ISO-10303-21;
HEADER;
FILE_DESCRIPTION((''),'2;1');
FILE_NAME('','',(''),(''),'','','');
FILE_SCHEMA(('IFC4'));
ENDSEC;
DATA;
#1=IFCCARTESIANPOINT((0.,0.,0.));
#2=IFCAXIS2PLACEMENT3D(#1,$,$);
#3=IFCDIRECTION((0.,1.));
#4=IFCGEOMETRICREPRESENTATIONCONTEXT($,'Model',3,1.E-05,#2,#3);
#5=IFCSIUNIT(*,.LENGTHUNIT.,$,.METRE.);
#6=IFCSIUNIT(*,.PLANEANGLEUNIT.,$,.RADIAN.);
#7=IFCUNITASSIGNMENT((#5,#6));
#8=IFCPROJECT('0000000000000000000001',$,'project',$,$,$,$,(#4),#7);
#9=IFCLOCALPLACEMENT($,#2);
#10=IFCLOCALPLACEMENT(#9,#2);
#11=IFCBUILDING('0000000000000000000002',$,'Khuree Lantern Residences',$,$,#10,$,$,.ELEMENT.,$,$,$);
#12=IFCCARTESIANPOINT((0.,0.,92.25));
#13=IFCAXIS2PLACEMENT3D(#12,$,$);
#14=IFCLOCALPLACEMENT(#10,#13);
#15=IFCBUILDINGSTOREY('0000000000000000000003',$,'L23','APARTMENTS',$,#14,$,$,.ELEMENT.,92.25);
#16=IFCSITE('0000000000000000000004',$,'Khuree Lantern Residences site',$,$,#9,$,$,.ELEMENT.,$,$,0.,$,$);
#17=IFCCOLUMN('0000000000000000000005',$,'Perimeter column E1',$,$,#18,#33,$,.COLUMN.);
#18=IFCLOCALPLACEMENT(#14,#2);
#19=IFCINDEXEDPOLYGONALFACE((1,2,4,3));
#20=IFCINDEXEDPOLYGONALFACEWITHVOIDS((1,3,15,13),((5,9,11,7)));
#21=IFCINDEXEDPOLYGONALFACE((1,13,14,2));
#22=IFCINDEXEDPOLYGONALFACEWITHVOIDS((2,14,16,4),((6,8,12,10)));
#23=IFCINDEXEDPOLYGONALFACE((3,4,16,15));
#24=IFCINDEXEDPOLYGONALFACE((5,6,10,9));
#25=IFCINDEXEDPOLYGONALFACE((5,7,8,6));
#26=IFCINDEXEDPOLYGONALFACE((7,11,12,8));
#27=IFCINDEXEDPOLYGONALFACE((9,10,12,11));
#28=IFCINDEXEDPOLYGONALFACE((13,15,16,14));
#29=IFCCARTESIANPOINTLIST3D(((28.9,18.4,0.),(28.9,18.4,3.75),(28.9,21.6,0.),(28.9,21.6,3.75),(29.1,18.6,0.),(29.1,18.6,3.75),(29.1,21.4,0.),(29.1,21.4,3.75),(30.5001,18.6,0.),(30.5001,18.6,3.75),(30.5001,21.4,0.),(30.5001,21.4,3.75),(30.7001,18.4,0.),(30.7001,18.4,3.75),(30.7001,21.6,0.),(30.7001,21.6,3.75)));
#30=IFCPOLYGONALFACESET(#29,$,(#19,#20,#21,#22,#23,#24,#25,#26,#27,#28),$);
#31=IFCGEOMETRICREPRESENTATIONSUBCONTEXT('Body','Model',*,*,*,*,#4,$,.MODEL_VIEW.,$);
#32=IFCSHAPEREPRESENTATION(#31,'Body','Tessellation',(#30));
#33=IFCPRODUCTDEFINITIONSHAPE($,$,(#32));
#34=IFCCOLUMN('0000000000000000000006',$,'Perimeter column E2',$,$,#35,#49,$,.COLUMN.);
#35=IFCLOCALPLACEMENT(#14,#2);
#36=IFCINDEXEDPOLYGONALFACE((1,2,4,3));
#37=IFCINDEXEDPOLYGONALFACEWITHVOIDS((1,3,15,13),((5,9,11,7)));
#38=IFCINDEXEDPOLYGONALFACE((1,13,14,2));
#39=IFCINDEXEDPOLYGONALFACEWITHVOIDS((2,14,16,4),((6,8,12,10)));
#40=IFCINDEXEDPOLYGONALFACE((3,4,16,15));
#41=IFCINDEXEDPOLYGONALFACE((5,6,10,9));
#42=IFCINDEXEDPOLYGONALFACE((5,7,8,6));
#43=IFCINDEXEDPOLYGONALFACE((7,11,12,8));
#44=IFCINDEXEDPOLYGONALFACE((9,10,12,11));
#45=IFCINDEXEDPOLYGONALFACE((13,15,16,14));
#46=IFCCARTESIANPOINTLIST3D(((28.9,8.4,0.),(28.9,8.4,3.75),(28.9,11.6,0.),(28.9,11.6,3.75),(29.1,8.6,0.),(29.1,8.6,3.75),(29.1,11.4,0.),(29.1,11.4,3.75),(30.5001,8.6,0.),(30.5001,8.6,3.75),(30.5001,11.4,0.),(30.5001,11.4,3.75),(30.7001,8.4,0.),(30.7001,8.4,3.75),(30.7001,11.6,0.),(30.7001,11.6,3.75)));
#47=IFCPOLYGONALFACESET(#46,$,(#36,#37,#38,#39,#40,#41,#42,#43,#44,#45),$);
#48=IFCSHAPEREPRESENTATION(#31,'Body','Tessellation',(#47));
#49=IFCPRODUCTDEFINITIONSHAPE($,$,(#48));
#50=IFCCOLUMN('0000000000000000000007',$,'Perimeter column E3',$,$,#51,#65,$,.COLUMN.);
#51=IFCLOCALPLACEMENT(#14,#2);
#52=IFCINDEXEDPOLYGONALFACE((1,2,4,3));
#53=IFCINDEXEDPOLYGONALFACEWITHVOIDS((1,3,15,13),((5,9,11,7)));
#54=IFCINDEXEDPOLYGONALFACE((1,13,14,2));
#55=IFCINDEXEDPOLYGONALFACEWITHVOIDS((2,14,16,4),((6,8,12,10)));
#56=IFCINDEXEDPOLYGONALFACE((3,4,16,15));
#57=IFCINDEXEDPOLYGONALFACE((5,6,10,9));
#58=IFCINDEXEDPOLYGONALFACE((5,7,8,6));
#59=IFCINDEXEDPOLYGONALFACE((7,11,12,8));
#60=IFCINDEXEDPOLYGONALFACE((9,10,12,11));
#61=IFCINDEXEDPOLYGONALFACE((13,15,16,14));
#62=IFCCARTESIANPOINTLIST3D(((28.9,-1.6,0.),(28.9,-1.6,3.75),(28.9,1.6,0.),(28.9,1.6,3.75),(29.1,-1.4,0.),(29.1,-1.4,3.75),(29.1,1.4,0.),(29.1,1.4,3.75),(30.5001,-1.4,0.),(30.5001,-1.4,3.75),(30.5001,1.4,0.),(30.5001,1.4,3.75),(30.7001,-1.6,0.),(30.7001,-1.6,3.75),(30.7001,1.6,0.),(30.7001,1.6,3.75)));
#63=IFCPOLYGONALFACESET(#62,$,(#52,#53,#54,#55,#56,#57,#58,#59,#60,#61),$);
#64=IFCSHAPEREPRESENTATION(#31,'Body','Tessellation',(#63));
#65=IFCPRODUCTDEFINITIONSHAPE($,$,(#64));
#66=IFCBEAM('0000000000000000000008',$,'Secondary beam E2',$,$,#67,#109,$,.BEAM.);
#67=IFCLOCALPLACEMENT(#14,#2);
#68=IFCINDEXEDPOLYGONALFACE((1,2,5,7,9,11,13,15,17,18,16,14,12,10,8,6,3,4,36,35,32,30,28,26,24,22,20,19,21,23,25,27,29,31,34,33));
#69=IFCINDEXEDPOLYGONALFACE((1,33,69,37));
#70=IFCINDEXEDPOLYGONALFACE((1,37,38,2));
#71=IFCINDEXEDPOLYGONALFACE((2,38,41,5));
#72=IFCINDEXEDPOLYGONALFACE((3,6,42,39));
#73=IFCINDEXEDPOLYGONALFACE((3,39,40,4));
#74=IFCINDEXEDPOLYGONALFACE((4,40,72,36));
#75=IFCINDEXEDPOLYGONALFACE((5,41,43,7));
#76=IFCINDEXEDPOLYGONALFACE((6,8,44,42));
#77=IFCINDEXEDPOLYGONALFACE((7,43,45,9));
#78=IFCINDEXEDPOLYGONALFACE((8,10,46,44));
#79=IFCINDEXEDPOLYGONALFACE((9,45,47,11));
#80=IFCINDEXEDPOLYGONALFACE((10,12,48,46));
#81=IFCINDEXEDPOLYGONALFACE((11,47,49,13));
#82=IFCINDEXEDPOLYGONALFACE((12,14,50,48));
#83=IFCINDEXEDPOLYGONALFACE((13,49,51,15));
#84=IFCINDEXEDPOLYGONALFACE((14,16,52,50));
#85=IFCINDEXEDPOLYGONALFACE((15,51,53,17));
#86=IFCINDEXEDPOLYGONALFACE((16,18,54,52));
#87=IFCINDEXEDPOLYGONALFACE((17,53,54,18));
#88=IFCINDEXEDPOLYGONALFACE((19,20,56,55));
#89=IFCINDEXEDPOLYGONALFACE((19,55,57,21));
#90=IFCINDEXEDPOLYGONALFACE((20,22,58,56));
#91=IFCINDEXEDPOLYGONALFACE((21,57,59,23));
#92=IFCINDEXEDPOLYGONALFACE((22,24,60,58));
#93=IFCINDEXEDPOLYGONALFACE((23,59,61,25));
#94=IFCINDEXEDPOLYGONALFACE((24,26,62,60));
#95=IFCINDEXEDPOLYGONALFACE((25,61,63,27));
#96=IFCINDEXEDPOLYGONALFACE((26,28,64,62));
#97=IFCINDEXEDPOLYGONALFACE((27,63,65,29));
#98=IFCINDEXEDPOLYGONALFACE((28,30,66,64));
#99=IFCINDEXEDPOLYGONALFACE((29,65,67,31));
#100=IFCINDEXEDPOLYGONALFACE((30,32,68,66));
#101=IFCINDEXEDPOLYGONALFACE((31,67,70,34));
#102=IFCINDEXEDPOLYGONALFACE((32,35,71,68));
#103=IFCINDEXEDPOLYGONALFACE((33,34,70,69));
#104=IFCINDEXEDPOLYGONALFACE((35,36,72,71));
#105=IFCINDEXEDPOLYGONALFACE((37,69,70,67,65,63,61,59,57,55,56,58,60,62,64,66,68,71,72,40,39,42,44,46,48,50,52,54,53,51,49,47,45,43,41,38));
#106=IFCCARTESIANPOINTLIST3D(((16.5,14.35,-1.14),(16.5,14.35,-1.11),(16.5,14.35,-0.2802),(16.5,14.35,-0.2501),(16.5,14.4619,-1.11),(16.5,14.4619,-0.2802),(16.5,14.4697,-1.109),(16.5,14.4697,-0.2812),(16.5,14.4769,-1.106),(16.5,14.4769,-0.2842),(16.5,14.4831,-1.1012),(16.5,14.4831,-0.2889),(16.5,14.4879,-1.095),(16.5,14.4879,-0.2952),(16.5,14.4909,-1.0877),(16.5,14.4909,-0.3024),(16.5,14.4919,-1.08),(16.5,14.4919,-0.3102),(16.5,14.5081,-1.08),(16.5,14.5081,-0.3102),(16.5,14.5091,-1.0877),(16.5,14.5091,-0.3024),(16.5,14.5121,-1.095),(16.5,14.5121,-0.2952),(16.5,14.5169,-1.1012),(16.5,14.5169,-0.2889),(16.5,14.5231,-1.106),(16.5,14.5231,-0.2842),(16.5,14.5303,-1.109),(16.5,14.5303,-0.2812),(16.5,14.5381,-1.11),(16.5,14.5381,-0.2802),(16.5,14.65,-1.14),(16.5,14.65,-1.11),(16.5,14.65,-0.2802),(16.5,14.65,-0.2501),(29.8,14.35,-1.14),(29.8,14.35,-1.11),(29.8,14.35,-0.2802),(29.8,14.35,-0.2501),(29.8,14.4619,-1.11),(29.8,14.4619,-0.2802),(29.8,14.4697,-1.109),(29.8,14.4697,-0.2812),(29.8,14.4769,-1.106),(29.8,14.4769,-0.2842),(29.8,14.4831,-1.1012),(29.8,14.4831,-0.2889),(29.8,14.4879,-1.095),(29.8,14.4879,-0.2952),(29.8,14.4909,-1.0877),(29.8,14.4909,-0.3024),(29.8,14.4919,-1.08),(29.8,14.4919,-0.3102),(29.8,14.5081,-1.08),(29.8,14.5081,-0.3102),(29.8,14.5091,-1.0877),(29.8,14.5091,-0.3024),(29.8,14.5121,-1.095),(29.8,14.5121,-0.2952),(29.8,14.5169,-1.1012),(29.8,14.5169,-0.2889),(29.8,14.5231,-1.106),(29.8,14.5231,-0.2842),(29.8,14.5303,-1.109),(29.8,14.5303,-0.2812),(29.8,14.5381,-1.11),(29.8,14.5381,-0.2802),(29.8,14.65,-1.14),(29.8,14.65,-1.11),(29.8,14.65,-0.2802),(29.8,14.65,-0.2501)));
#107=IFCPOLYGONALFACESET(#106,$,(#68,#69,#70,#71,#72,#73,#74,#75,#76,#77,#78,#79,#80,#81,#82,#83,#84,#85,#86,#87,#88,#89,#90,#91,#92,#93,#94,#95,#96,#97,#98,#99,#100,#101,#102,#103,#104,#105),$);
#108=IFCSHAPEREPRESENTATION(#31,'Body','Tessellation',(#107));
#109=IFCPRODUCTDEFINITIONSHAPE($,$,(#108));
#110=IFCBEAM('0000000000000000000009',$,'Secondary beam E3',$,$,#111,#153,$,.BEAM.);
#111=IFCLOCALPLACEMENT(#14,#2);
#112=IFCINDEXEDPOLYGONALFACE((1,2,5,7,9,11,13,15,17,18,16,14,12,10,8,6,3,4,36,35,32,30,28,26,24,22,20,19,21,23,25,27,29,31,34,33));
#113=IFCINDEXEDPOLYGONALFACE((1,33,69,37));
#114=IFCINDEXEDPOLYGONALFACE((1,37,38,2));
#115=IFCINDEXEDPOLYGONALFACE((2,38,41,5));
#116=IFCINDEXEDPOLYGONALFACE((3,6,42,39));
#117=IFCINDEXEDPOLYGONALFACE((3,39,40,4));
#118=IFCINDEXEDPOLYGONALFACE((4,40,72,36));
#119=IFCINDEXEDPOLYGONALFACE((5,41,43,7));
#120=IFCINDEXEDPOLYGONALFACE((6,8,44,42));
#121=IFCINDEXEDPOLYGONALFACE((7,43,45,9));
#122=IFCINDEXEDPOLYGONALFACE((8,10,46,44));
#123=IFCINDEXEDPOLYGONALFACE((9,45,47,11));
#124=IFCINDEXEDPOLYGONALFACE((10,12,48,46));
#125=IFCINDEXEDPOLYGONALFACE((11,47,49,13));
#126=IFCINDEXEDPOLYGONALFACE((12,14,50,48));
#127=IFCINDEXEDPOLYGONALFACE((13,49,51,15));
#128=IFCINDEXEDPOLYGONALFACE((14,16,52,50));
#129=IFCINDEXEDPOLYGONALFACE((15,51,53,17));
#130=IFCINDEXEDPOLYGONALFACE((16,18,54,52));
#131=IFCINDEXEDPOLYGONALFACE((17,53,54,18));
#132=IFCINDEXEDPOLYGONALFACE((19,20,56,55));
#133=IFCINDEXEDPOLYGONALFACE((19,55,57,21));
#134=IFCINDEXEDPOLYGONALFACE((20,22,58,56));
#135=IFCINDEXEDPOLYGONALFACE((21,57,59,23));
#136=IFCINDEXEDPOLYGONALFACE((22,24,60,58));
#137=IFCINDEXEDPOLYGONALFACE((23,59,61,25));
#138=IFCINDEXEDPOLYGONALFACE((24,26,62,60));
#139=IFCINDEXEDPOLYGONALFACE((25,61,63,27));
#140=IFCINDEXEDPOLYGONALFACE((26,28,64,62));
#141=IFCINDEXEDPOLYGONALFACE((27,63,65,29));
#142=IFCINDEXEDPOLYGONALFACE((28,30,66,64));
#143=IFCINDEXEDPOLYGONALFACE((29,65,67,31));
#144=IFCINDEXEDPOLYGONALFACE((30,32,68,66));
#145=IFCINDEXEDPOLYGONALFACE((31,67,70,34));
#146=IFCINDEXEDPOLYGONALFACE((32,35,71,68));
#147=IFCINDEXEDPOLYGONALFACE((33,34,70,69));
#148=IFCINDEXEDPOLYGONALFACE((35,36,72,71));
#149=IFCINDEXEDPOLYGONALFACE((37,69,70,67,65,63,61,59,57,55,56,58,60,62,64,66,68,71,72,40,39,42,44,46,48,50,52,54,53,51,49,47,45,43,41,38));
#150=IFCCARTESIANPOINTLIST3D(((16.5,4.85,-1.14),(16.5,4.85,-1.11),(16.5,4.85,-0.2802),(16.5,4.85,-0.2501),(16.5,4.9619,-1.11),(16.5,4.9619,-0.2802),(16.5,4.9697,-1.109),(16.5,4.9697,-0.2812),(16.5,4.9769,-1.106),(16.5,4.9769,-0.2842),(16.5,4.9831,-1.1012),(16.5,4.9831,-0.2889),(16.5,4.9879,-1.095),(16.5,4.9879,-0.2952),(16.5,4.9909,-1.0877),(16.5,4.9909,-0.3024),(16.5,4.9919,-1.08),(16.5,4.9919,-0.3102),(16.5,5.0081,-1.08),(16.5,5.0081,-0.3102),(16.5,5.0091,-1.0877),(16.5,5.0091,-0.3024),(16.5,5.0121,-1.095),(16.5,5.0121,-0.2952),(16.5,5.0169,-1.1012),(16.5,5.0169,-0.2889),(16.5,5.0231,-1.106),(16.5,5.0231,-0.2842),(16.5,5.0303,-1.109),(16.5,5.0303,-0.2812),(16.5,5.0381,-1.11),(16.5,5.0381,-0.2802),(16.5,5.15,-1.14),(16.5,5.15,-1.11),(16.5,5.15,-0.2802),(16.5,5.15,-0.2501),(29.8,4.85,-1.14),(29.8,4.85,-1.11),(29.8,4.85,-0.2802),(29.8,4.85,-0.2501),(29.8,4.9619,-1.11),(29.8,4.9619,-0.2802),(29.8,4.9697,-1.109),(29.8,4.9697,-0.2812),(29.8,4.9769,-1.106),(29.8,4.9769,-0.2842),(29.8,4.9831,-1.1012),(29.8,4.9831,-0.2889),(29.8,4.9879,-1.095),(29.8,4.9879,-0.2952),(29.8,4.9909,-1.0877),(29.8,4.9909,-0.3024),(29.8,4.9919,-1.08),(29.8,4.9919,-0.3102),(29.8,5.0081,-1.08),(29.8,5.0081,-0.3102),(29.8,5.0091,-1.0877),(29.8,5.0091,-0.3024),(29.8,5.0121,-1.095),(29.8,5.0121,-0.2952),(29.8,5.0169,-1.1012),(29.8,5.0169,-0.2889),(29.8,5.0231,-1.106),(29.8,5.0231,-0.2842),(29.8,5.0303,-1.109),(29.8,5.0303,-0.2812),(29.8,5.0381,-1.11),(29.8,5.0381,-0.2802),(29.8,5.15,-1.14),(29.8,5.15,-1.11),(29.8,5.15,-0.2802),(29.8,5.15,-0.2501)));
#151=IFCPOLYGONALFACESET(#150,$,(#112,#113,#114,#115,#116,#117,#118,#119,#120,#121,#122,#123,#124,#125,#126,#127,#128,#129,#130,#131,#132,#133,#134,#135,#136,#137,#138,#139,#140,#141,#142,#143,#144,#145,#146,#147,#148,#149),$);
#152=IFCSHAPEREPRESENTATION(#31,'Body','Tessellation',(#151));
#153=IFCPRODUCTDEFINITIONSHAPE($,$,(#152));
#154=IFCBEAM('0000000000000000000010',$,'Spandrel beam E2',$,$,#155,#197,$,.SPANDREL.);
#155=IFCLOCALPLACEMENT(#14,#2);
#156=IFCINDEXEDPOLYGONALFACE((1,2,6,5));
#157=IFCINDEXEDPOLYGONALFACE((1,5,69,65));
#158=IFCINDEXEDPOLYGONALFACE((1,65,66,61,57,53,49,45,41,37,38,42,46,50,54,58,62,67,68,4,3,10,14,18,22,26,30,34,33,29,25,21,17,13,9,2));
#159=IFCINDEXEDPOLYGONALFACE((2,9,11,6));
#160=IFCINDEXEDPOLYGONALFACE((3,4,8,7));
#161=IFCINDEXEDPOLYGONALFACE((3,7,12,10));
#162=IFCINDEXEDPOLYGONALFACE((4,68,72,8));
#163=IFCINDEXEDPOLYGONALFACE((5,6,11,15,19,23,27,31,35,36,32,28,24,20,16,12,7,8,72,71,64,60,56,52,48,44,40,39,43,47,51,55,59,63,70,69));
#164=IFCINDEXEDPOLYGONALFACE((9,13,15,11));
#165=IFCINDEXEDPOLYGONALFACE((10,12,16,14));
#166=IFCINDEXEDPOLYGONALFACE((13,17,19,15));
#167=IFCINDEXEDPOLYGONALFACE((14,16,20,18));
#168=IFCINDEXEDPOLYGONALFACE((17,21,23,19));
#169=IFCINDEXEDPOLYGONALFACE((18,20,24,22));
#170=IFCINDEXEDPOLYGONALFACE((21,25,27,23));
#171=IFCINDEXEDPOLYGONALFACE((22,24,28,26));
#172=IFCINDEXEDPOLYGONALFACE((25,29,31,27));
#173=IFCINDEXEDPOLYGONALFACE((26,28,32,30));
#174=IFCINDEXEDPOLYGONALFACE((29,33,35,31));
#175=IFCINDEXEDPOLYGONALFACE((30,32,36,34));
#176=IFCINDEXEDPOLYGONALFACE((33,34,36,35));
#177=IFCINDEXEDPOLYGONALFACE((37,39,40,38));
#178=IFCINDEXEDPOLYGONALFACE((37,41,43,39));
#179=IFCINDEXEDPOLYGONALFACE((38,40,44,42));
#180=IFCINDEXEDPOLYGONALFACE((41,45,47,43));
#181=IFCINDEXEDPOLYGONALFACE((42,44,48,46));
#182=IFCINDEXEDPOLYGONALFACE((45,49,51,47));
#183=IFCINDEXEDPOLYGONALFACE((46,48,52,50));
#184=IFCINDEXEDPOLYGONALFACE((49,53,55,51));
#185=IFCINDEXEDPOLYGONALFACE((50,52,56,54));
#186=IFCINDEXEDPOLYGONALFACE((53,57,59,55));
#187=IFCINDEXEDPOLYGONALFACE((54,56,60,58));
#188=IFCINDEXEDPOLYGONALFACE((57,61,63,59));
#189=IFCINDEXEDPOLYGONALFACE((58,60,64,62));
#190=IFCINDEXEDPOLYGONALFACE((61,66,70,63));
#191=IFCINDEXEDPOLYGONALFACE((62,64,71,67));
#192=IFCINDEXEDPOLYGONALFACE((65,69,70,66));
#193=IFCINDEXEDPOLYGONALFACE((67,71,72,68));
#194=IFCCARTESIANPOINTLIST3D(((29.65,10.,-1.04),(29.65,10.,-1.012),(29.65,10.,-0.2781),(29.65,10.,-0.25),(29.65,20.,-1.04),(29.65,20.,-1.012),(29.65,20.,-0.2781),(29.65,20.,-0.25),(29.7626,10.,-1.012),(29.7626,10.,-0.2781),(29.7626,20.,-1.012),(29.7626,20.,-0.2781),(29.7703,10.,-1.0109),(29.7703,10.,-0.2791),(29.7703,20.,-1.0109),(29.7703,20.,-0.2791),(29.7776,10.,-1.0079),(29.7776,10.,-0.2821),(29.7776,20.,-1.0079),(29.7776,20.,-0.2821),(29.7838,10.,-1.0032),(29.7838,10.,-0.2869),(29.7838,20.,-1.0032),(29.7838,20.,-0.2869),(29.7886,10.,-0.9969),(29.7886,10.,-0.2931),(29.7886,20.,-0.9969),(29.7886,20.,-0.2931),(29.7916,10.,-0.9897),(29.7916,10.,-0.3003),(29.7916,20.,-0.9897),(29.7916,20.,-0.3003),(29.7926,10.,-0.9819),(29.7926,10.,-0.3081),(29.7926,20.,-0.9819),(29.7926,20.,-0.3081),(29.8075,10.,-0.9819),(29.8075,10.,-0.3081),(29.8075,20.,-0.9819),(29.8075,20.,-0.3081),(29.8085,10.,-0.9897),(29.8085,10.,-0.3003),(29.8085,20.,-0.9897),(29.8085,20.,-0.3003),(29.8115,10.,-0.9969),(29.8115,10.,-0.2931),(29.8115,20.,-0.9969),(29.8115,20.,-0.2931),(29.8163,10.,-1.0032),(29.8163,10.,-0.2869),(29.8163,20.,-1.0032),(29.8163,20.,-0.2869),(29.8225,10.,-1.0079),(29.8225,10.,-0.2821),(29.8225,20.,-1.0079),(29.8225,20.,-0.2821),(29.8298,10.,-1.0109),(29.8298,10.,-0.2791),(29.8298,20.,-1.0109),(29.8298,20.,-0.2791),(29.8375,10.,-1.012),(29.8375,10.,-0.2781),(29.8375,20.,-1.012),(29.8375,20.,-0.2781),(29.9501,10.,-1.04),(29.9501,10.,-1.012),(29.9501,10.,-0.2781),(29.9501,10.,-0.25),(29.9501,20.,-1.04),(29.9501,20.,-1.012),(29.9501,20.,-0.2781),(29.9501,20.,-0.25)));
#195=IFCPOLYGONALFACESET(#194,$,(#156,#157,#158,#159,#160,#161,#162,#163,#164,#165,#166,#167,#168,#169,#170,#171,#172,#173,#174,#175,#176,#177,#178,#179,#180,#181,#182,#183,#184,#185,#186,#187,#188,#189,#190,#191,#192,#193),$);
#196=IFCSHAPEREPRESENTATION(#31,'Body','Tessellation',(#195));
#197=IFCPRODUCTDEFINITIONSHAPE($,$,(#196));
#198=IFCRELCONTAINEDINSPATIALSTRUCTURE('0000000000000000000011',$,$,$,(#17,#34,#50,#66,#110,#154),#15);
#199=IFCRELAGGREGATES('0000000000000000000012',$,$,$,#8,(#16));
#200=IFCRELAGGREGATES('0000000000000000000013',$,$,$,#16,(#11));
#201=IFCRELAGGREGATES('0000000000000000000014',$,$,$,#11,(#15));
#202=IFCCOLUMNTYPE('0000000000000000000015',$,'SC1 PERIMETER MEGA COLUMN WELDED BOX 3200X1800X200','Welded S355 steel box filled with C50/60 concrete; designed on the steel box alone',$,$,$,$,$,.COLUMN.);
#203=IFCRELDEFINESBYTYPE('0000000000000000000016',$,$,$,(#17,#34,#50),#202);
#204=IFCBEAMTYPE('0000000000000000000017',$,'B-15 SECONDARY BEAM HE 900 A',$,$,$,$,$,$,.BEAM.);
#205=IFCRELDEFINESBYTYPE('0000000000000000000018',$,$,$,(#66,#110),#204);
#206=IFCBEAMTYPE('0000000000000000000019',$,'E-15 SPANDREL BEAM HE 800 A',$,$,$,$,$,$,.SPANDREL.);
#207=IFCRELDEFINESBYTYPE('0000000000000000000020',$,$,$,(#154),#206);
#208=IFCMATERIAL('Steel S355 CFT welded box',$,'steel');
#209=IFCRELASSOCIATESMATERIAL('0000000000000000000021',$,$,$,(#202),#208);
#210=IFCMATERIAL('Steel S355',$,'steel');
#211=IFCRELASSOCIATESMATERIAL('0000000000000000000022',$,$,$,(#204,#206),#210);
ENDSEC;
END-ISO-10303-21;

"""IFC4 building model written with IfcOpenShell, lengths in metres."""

from ifc_helpers import new_model, si_unit, direction, frame, origin, origin_2d, place, context, subcontext, project, spatial, hollow_rectangle, i_section, extrude, material, material_profile, profile_set, type_object, element, save


model = new_model("IFC4")

# Units and contexts
model_context = context("Model", 3, precision=1e-05, world=origin(), true_north=direction((0.0, 1.0)))
body_context = subcontext(model_context, "Body", "Model", "MODEL_VIEW")
ifc_project = project(units=[si_unit("LENGTHUNIT", "METRE"), si_unit("PLANEANGLEUNIT", "RADIAN")], contexts=[model_context])

# Site, building, storey
site_placement = place(None, origin())
site = spatial("IfcSite", under=ifc_project, at=site_placement, Name="Khuree Lantern Residences site", CompositionType="ELEMENT", RefElevation=0.0)
building_placement = place(site_placement, origin())
building = spatial("IfcBuilding", under=site, at=building_placement, Name="Khuree Lantern Residences", CompositionType="ELEMENT")
storey_placement = place(building_placement, frame((0.0, 0.0, 92.25)))
storey = spatial("IfcBuildingStorey", under=building, at=storey_placement, Name="L23", Description="APARTMENTS", CompositionType="ELEMENT", Elevation=92.25)

# Columns
ifc_material_1 = material(Name="Steel S355 CFT welded box", Category="steel")
ifc_material_profile_1 = material_profile(ifc_material_1, hollow_rectangle(XDim=3.2, YDim=1.8, WallThickness=0.2, at=origin_2d()), Name="WELDED BOX 3200X1800X200")
ifc_profile_set_1 = profile_set([ifc_material_profile_1], Name="Steel S355 CFT welded box")
column_type = type_object("IfcColumnType", Name="SC1 PERIMETER MEGA COLUMN WELDED BOX 3200X1800X200", Description="Welded S355 steel box filled with C50/60 concrete; designed on the steel box alone", PredefinedType="COLUMN", material=ifc_profile_set_1)
for number, where, z_axis, x_axis, name in (
    (1, (29.8, 20.0, 0.0), (0.0, 0.0, 1.0), (0.0, 1.0, 0.0), "Perimeter column E1"),
    (2, (29.8, 10.0, 0.0), (0.0, 0.0, 1.0), (0.0, 1.0, 0.0), "Perimeter column E2"),
    (3, (29.8, 0.0, 0.0), (0.0, 0.0, 1.0), (0.0, 1.0, 0.0), "Perimeter column E3"),
):
    element("IfcColumn", number, at=place(storey_placement, frame(where, z_axis=z_axis, x_axis=x_axis)), inside=storey, type_object=column_type, Name=name, PredefinedType="COLUMN", context=body_context, shape_type="SweptSolid", body=[
        extrude(hollow_rectangle(XDim=3.2, YDim=1.8, WallThickness=0.2, at=origin_2d()), origin(), (0.0, 0.0, 1.0), 3.75),
    ])

# Beams
ifc_material_2 = material(Name="Steel S355", Category="steel")
ifc_material_profile_2 = material_profile(ifc_material_2, i_section(OverallWidth=0.3, OverallDepth=0.8899, WebThickness=0.0161, FlangeThickness=0.03, FilletRadius=0.03, at=origin_2d()), Name="HE 900 A")
ifc_profile_set_2 = profile_set([ifc_material_profile_2], Name="Steel S355")
beam_type_1 = type_object("IfcBeamType", Name="B-15 SECONDARY BEAM HE 900 A", PredefinedType="BEAM", material=ifc_profile_set_2)
for number, where, z_axis, x_axis, name in (
    (4, (29.8, 14.5, -0.6951), (-1.0, 0.0, 0.0), (0.0, -1.0, 0.0), "Secondary beam E2"),
    (5, (29.8, 5.0, -0.6951), (-1.0, 0.0, 0.0), (0.0, -1.0, 0.0), "Secondary beam E3"),
):
    element("IfcBeam", number, at=place(storey_placement, frame(where, z_axis=z_axis, x_axis=x_axis)), inside=storey, type_object=beam_type_1, Name=name, PredefinedType="BEAM", context=body_context, shape_type="SweptSolid", body=[
        extrude(i_section(OverallWidth=0.3, OverallDepth=0.8899, WebThickness=0.0161, FlangeThickness=0.03, FilletRadius=0.03, at=origin_2d()), origin(), (0.0, 0.0, 1.0), 13.3),
    ])
ifc_material_profile_3 = material_profile(ifc_material_2, i_section(OverallWidth=0.3, OverallDepth=0.79, WebThickness=0.0149, FlangeThickness=0.0281, FilletRadius=0.03, at=origin_2d()), Name="HE 800 A")
ifc_profile_set_3 = profile_set([ifc_material_profile_3], Name="Steel S355")
beam_type_2 = type_object("IfcBeamType", Name="E-15 SPANDREL BEAM HE 800 A", PredefinedType="SPANDREL", material=ifc_profile_set_3)
for number, where, z_axis, x_axis, name in (
    (6, (29.8, 20.0, -0.645), (0.0, -1.0, 0.0), (1.0, 0.0, 0.0), "Spandrel beam E2"),
):
    element("IfcBeam", number, at=place(storey_placement, frame(where, z_axis=z_axis, x_axis=x_axis)), inside=storey, type_object=beam_type_2, Name=name, PredefinedType="SPANDREL", context=body_context, shape_type="SweptSolid", body=[
        extrude(i_section(OverallWidth=0.3, OverallDepth=0.79, WebThickness=0.0149, FlangeThickness=0.0281, FilletRadius=0.03, at=origin_2d()), origin(), (0.0, 0.0, 1.0), 10.0),
    ])

save(model, "model.ifc")
